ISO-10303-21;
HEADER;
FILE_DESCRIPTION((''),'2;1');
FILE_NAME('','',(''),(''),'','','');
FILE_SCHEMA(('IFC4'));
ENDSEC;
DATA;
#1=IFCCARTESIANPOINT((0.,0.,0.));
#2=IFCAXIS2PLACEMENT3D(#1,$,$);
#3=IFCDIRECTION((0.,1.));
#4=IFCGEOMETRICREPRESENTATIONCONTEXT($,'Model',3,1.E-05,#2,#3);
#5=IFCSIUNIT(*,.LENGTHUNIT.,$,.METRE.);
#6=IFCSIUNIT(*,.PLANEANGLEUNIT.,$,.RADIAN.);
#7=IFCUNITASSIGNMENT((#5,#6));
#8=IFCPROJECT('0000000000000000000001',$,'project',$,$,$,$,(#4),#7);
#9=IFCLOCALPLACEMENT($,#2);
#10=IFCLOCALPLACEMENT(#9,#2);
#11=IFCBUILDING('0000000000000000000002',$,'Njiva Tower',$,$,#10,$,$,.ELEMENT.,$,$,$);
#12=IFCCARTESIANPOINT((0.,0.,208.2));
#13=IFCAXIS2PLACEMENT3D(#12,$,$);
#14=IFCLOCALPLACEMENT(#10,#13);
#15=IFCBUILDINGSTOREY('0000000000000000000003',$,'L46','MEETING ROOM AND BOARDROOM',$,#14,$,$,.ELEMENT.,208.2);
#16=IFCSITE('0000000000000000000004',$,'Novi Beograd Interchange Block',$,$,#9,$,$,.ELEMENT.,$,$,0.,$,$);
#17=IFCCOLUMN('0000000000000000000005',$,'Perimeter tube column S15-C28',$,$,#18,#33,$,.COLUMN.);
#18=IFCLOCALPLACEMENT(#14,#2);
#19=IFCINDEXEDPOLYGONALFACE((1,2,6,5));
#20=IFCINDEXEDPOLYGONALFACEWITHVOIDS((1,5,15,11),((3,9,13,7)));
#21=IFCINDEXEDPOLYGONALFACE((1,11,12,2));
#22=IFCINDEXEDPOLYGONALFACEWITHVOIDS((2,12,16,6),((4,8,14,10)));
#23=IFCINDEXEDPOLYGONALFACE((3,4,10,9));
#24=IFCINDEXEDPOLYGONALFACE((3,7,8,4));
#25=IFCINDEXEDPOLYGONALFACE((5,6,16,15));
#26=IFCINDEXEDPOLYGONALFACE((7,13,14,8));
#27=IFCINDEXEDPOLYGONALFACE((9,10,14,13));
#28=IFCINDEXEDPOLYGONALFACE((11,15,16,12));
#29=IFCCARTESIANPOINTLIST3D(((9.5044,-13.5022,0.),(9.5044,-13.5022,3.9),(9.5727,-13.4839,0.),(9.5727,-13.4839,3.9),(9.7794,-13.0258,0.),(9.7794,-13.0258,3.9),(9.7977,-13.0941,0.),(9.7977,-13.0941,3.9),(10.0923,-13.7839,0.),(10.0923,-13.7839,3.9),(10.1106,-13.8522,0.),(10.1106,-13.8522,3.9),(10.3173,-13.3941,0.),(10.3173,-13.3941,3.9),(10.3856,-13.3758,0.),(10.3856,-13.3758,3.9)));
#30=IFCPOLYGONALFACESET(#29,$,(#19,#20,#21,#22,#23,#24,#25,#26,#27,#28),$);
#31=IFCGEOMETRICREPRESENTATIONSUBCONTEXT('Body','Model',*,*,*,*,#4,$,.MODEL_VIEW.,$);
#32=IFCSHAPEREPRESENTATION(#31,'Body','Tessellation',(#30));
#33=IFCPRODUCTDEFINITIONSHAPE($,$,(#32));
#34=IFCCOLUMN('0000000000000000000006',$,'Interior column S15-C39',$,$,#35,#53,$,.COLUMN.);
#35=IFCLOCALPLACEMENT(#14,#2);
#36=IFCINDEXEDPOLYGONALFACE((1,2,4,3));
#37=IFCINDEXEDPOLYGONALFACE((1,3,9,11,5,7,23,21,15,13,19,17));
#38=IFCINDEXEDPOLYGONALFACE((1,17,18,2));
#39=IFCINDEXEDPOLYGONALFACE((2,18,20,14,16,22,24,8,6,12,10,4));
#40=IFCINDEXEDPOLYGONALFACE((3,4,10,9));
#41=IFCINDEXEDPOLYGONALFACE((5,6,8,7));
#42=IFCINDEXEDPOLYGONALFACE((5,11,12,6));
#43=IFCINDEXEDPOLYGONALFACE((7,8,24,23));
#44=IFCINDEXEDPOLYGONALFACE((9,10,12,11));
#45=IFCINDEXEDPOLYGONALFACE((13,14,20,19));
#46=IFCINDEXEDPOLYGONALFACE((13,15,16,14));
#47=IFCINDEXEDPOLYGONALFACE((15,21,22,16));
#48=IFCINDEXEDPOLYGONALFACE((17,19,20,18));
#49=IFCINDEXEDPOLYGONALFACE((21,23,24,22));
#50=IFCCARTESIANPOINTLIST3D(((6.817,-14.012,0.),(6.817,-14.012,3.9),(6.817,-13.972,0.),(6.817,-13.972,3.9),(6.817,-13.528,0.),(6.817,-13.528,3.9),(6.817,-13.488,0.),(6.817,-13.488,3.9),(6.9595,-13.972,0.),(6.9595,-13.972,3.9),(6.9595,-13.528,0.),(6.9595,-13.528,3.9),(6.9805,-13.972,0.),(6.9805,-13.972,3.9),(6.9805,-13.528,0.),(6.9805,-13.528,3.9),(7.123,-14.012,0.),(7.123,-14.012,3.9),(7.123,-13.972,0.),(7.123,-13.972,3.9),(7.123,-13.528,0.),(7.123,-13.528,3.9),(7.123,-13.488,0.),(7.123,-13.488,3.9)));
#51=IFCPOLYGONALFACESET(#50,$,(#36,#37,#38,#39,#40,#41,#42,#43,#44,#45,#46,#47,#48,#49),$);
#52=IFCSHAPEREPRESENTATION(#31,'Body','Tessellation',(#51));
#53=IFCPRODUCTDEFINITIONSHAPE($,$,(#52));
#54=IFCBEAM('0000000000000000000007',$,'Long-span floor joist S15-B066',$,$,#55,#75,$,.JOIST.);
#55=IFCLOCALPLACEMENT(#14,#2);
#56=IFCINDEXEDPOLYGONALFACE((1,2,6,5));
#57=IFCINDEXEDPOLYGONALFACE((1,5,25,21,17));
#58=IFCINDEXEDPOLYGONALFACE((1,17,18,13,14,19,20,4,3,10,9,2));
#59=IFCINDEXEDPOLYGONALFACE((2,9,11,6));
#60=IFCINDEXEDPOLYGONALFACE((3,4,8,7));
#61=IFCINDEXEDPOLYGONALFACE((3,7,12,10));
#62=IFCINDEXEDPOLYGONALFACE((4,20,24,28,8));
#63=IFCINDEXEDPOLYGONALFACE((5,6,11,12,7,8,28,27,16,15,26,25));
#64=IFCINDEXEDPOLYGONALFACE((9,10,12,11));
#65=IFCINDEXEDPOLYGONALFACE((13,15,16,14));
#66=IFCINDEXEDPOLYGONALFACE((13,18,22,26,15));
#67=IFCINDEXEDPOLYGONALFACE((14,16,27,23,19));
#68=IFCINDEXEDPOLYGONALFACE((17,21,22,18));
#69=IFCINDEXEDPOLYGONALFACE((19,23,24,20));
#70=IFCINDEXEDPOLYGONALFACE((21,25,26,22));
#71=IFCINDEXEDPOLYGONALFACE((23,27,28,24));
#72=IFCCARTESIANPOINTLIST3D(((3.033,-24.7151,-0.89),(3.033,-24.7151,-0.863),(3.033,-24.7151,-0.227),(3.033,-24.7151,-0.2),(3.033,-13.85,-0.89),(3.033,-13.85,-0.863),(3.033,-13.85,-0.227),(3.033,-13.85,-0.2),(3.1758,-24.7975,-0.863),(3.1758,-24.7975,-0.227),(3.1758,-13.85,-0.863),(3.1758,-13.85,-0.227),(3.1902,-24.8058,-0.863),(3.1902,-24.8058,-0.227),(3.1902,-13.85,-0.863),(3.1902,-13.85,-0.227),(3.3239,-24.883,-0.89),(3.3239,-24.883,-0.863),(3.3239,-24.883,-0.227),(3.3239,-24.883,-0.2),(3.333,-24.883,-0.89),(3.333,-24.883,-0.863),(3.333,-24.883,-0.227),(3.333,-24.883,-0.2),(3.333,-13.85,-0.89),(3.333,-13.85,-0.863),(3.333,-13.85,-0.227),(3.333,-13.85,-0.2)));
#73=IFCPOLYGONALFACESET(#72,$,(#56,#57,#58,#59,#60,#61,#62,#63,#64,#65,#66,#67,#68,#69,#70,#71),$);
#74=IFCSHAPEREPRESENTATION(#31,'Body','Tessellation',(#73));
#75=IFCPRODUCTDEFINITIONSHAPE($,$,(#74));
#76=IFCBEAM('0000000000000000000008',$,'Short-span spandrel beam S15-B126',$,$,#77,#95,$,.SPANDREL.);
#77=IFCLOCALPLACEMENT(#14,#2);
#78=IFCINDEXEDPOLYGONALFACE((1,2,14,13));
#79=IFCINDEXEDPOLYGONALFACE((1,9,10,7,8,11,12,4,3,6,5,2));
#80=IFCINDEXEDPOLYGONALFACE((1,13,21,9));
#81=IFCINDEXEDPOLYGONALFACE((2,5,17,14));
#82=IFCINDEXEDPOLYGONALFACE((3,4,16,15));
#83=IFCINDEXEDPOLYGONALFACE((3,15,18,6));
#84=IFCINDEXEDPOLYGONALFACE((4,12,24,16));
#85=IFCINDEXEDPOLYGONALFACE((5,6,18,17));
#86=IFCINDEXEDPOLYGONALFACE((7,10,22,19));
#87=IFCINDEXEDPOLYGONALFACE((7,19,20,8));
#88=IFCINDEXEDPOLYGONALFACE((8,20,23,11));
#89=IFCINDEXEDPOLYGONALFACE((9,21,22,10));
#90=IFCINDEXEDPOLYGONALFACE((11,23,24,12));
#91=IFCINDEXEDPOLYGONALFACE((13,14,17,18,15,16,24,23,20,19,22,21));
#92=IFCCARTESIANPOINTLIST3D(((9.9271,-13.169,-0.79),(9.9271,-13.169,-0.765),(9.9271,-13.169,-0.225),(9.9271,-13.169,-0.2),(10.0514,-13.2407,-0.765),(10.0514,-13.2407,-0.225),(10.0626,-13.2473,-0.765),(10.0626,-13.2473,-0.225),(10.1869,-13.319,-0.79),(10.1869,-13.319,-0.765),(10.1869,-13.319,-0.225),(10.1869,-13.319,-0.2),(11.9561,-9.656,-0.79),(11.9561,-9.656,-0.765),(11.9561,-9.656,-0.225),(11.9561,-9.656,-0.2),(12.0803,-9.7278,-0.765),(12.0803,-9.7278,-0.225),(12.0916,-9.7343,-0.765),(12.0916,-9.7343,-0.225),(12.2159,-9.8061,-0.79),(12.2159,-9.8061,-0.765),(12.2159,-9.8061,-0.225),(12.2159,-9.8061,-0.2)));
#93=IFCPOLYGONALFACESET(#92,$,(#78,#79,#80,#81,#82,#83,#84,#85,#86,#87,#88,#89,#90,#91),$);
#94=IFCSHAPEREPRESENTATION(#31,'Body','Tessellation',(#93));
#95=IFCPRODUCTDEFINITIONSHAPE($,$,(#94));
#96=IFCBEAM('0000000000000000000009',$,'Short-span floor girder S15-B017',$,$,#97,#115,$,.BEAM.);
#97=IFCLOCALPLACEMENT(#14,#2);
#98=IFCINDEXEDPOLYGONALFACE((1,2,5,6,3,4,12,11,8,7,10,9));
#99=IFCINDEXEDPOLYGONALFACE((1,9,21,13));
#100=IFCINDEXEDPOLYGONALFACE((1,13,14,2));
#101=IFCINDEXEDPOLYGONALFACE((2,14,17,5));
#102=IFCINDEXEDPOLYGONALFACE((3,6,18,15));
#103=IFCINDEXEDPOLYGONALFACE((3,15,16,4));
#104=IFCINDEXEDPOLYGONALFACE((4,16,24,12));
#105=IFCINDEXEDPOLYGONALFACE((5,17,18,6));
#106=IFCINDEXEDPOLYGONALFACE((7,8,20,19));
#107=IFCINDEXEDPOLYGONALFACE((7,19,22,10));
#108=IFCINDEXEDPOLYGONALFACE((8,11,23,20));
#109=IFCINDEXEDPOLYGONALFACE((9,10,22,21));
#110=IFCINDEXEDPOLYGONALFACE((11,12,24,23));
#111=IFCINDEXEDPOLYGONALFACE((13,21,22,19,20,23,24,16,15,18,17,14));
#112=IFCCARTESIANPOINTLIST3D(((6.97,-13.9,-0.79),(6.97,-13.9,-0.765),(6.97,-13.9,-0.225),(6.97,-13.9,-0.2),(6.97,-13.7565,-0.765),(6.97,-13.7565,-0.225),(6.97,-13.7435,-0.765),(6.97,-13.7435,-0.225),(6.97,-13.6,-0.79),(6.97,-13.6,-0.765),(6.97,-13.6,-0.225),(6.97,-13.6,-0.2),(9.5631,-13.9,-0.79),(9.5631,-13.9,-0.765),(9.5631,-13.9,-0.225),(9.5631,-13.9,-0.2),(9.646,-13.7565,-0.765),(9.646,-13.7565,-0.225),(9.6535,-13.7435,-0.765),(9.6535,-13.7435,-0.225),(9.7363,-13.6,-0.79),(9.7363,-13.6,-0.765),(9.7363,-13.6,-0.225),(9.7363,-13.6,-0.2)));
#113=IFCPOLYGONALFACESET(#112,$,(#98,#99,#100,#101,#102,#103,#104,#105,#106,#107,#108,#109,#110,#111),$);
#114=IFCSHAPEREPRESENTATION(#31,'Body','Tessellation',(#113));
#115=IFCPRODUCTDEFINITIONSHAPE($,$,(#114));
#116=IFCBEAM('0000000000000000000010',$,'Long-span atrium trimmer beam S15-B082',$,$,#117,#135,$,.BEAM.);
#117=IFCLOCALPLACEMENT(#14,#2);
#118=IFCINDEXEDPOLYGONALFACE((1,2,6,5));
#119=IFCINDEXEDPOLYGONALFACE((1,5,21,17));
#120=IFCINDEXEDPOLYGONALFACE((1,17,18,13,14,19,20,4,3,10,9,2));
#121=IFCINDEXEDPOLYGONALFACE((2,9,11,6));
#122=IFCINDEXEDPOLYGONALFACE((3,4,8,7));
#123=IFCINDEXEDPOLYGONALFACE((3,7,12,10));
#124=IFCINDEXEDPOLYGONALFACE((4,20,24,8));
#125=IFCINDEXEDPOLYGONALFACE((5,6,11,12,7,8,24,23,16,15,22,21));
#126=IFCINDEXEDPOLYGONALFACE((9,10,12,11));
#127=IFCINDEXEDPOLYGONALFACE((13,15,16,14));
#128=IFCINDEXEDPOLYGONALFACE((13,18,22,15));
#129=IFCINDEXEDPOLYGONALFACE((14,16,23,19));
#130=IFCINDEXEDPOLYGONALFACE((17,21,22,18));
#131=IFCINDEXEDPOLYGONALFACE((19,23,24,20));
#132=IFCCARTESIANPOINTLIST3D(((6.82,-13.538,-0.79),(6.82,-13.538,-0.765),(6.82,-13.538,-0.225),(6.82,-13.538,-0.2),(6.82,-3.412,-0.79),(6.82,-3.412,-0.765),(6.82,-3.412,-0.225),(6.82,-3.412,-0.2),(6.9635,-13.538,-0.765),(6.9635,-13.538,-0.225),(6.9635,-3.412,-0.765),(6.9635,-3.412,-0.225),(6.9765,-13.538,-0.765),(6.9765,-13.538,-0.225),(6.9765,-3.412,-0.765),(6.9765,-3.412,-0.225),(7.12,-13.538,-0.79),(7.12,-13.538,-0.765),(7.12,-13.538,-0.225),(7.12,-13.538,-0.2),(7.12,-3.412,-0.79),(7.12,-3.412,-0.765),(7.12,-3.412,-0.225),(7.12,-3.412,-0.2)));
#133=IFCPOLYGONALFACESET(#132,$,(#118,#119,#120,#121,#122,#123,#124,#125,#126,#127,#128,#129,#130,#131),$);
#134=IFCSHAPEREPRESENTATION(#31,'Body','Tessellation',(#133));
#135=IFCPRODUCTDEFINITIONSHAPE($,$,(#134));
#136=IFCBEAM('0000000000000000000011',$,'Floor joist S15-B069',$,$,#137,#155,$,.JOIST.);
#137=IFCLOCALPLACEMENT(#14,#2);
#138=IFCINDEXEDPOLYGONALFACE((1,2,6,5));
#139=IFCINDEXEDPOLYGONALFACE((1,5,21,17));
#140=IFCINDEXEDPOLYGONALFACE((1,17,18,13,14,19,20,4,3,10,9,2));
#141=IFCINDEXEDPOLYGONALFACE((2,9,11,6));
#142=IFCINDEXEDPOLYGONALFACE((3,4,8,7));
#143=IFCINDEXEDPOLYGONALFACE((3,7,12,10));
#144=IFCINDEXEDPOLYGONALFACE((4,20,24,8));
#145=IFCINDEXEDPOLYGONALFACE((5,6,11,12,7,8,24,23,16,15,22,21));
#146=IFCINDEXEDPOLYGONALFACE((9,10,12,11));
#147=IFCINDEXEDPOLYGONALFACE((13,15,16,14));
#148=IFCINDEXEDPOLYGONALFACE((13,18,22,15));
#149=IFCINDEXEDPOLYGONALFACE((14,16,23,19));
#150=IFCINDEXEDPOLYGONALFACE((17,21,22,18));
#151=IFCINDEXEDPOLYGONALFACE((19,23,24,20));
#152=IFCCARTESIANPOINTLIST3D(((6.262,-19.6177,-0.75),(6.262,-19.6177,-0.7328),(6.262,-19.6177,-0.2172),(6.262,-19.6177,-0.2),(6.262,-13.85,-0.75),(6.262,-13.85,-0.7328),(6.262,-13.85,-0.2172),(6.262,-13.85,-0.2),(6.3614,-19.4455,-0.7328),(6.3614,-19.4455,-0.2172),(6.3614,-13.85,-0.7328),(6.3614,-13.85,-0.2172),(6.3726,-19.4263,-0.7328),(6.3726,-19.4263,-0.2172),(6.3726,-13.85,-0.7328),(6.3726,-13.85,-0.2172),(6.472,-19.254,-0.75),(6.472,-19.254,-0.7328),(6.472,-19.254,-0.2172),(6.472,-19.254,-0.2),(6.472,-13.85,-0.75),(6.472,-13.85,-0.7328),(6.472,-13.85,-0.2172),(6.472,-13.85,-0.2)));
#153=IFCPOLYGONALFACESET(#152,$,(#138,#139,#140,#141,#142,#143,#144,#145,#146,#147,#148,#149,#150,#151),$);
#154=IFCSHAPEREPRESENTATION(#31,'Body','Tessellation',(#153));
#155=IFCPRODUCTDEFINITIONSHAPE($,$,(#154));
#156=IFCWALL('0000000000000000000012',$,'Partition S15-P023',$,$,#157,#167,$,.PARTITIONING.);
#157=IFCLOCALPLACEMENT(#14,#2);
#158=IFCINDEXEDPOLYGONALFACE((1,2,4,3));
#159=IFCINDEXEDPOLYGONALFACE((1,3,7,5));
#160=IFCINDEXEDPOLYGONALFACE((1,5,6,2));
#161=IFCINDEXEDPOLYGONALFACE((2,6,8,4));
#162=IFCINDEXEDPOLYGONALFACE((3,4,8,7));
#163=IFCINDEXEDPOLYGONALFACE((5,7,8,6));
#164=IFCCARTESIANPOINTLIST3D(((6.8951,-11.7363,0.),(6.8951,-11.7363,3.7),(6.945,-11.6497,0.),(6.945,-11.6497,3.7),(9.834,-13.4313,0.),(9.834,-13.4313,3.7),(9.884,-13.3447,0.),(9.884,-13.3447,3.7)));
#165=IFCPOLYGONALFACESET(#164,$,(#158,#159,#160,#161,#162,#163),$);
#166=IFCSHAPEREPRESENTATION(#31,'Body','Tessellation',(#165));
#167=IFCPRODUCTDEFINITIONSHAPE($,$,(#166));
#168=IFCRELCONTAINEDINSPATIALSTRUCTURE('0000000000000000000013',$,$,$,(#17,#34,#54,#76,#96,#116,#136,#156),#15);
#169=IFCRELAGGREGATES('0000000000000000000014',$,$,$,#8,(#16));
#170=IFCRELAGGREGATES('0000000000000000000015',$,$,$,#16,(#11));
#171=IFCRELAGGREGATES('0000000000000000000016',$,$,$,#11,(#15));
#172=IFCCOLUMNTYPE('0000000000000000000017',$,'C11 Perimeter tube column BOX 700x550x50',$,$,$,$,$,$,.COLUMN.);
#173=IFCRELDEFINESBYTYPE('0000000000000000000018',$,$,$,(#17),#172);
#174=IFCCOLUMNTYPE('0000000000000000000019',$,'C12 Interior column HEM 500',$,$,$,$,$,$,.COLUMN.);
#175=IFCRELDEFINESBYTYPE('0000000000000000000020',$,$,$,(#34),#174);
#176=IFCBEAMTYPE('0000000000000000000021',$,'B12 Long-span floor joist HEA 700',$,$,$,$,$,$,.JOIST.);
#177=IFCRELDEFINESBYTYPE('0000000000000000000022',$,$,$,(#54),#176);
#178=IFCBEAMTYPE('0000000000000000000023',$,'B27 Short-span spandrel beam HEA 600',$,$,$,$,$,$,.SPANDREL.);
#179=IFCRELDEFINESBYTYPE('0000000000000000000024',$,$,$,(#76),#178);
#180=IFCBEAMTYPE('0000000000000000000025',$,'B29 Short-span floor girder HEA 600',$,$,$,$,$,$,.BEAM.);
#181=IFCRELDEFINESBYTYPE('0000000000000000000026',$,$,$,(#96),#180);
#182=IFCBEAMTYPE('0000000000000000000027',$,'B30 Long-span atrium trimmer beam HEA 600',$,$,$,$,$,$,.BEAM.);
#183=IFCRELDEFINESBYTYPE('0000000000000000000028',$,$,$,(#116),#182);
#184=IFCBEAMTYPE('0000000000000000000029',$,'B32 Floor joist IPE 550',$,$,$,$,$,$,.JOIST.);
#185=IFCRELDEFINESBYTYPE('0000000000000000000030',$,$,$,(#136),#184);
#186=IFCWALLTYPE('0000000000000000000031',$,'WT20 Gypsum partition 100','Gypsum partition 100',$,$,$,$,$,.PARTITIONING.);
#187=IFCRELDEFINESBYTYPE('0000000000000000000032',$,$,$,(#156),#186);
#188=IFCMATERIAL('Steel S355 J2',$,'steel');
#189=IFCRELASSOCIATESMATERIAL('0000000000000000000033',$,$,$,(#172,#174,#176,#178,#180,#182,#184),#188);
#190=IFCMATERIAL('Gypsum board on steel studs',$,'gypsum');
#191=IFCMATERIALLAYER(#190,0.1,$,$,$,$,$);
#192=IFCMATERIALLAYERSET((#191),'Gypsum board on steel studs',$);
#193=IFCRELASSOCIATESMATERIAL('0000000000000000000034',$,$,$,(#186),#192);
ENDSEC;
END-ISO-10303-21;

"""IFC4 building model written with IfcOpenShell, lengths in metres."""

from ifc_helpers import new_model, si_unit, direction, frame, frame_2d, origin, origin_2d, place, context, subcontext, project, spatial, rectangle, hollow_rectangle, i_section, extrude, clip, halfspace, material, layer, layer_set, material_profile, profile_set, type_object, element, save


model = new_model("IFC4")

# Units and contexts
model_context = context("Model", 3, precision=1e-05, world=origin(), true_north=direction((0.0, 1.0)))
body_context = subcontext(model_context, "Body", "Model", "MODEL_VIEW")
ifc_project = project(units=[si_unit("LENGTHUNIT", "METRE"), si_unit("PLANEANGLEUNIT", "RADIAN")], contexts=[model_context])

# Site, building, storey
site_placement = place(None, origin())
site = spatial("IfcSite", under=ifc_project, at=site_placement, Name="Novi Beograd Interchange Block", CompositionType="ELEMENT", RefElevation=0.0)
building_placement = place(site_placement, origin())
building = spatial("IfcBuilding", under=site, at=building_placement, Name="Njiva Tower", CompositionType="ELEMENT")
storey_placement = place(building_placement, frame((0.0, 0.0, 208.2)))
storey = spatial("IfcBuildingStorey", under=building, at=storey_placement, Name="L46", Description="MEETING ROOM AND BOARDROOM", CompositionType="ELEMENT", Elevation=208.2)

# Columns
ifc_material_1 = material(Name="Steel S355 J2", Category="steel")
ifc_material_profile_1 = material_profile(ifc_material_1, hollow_rectangle(XDim=0.55, YDim=0.7, WallThickness=0.05, at=origin_2d()), Name="BOX 700x550x50")
ifc_profile_set_1 = profile_set([ifc_material_profile_1], Name="Steel S355 J2")
column_type_1 = type_object("IfcColumnType", Name="C11 Perimeter tube column BOX 700x550x50", PredefinedType="COLUMN", material=ifc_profile_set_1)
column_1_placement = place(storey_placement, frame((9.945, -13.439, 0.0), z_axis=(0.0, 0.0, 1.0), x_axis=(0.5, 0.866025, 0.0)))
element("IfcColumn", 1, at=column_1_placement, inside=storey, type_object=column_type_1, Name="Perimeter tube column S15-C28", PredefinedType="COLUMN", context=body_context, shape_type="SweptSolid", body=[
    extrude(hollow_rectangle(XDim=0.55, YDim=0.7, WallThickness=0.05, at=origin_2d()), origin(), (0.0, 0.0, 1.0), 3.9),
])
ifc_material_profile_2 = material_profile(ifc_material_1, i_section(OverallWidth=0.306, OverallDepth=0.524, WebThickness=0.021, FlangeThickness=0.04, at=origin_2d()), Name="HEM 500")
ifc_profile_set_2 = profile_set([ifc_material_profile_2], Name="Steel S355 J2")
column_type_2 = type_object("IfcColumnType", Name="C12 Interior column HEM 500", PredefinedType="COLUMN", material=ifc_profile_set_2)
column_2_placement = place(storey_placement, frame((6.97, -13.75, 0.0), z_axis=(0.0, 0.0, 1.0), x_axis=(1.0, 0.0, 0.0)))
element("IfcColumn", 2, at=column_2_placement, inside=storey, type_object=column_type_2, Name="Interior column S15-C39", PredefinedType="COLUMN", context=body_context, shape_type="SweptSolid", body=[
    extrude(i_section(OverallWidth=0.306, OverallDepth=0.524, WebThickness=0.021, FlangeThickness=0.04, at=origin_2d()), origin(), (0.0, 0.0, 1.0), 3.9),
])

# Beams
ifc_material_profile_3 = material_profile(ifc_material_1, i_section(OverallWidth=0.3, OverallDepth=0.69, WebThickness=0.0145, FlangeThickness=0.027, at=origin_2d()), Name="HEA 700")
ifc_profile_set_3 = profile_set([ifc_material_profile_3], Name="Steel S355 J2")
beam_type_1 = type_object("IfcBeamType", Name="B12 Long-span floor joist HEA 700", PredefinedType="JOIST", material=ifc_profile_set_3)
beam_1_placement = place(storey_placement, frame((3.183, -13.85, -0.545), z_axis=(0.0, -1.0, 0.0), x_axis=(1.0, 0.0, 0.0)))
element("IfcBeam", 3, at=beam_1_placement, inside=storey, type_object=beam_type_1, Name="Long-span floor joist S15-B066", PredefinedType="JOIST", context=body_context, shape_type="Clipping", body=[
    clip(extrude(i_section(OverallWidth=0.3, OverallDepth=0.69, WebThickness=0.0145, FlangeThickness=0.027, at=origin_2d()), origin(), (0.0, 0.0, 1.0), 11.033), halfspace(frame((-0.0247, 0.0, 10.9374), z_axis=(-0.499998, 0.0, 0.866027), x_axis=(0.0, 1.0, 0.0)), False)),
])
ifc_material_profile_4 = material_profile(ifc_material_1, i_section(OverallWidth=0.3, OverallDepth=0.59, WebThickness=0.013, FlangeThickness=0.025, at=origin_2d()), Name="HEA 600")
ifc_profile_set_4 = profile_set([ifc_material_profile_4], Name="Steel S355 J2")
beam_type_2 = type_object("IfcBeamType", Name="B27 Short-span spandrel beam HEA 600", PredefinedType="SPANDREL", material=ifc_profile_set_4)
beam_2_placement = place(storey_placement, frame((10.057, -13.244, -0.495), z_axis=(0.500142, 0.865943, 0.0), x_axis=(-0.865943, 0.500142, 0.0)))
element("IfcBeam", 4, at=beam_2_placement, inside=storey, type_object=beam_type_2, Name="Short-span spandrel beam S15-B126", PredefinedType="SPANDREL", context=body_context, shape_type="SweptSolid", body=[
    extrude(i_section(OverallWidth=0.3, OverallDepth=0.59, WebThickness=0.013, FlangeThickness=0.025, at=origin_2d()), origin(), (0.0, 0.0, 1.0), 4.0568),
])
ifc_material_profile_5 = material_profile(ifc_material_1, i_section(OverallWidth=0.3, OverallDepth=0.59, WebThickness=0.013, FlangeThickness=0.025, at=origin_2d()), Name="HEA 600")
ifc_profile_set_5 = profile_set([ifc_material_profile_5], Name="Steel S355 J2")
beam_type_3 = type_object("IfcBeamType", Name="B29 Short-span floor girder HEA 600", PredefinedType="BEAM", material=ifc_profile_set_5)
beam_3_placement = place(storey_placement, frame((6.97, -13.75, -0.495), z_axis=(1.0, 0.0, 0.0), x_axis=(0.0, 1.0, 0.0)))
element("IfcBeam", 5, at=beam_3_placement, inside=storey, type_object=beam_type_3, Name="Short-span floor girder S15-B017", PredefinedType="BEAM", context=body_context, shape_type="Clipping", body=[
    clip(extrude(i_section(OverallWidth=0.3, OverallDepth=0.59, WebThickness=0.013, FlangeThickness=0.025, at=origin_2d()), origin(), (0.0, 0.0, 1.0), 2.787), halfspace(frame((-0.025, 0.0, 2.6653), z_axis=(-0.499998, 0.0, 0.866027), x_axis=(0.0, 1.0, 0.0)), False)),
])
ifc_material_profile_6 = material_profile(ifc_material_1, i_section(OverallWidth=0.3, OverallDepth=0.59, WebThickness=0.013, FlangeThickness=0.025, at=origin_2d()), Name="HEA 600")
ifc_profile_set_6 = profile_set([ifc_material_profile_6], Name="Steel S355 J2")
beam_type_4 = type_object("IfcBeamType", Name="B30 Long-span atrium trimmer beam HEA 600", PredefinedType="BEAM", material=ifc_profile_set_6)
beam_4_placement = place(storey_placement, frame((6.97, -13.538, -0.495), z_axis=(0.0, 1.0, 0.0), x_axis=(-1.0, 0.0, 0.0)))
element("IfcBeam", 6, at=beam_4_placement, inside=storey, type_object=beam_type_4, Name="Long-span atrium trimmer beam S15-B082", PredefinedType="BEAM", context=body_context, shape_type="SweptSolid", body=[
    extrude(i_section(OverallWidth=0.3, OverallDepth=0.59, WebThickness=0.013, FlangeThickness=0.025, at=origin_2d()), origin(), (0.0, 0.0, 1.0), 10.126),
])
ifc_material_profile_7 = material_profile(ifc_material_1, i_section(OverallWidth=0.21, OverallDepth=0.55, WebThickness=0.0111, FlangeThickness=0.0172, at=origin_2d()), Name="IPE 550")
ifc_profile_set_7 = profile_set([ifc_material_profile_7], Name="Steel S355 J2")
beam_type_5 = type_object("IfcBeamType", Name="B32 Floor joist IPE 550", PredefinedType="JOIST", material=ifc_profile_set_7)
beam_5_placement = place(storey_placement, frame((6.367, -13.85, -0.475), z_axis=(0.0, -1.0, 0.0), x_axis=(1.0, 0.0, 0.0)))
element("IfcBeam", 7, at=beam_5_placement, inside=storey, type_object=beam_type_5, Name="Floor joist S15-B069", PredefinedType="JOIST", context=body_context, shape_type="Clipping", body=[
    clip(extrude(i_section(OverallWidth=0.21, OverallDepth=0.55, WebThickness=0.0111, FlangeThickness=0.0172, at=origin_2d()), origin(), (0.0, 0.0, 1.0), 5.788), halfspace(frame((0.043, 0.0, 5.5114), z_axis=(0.866027, 0.0, 0.499998), x_axis=(0.0, 1.0, 0.0)), False)),
])

# Wall
ifc_material_2 = material(Name="Gypsum board on steel studs", Category="gypsum")
ifc_layer_1 = layer(ifc_material_2, 0.1)
ifc_layer_set_1 = layer_set([ifc_layer_1], Name="Gypsum board on steel studs")
wall_type_1 = type_object("IfcWallType", Name="WT20 Gypsum partition 100", Description="Gypsum partition 100", PredefinedType="PARTITIONING", material=ifc_layer_set_1)
wall_1_placement = place(storey_placement, frame((6.92, -11.693, 0.0), z_axis=(0.0, 0.0, 1.0), x_axis=(0.866259, -0.499595, 0.0)))
element("IfcWall", 8, at=wall_1_placement, inside=storey, type_object=wall_type_1, Name="Partition S15-P023", PredefinedType="PARTITIONING", context=body_context, shape_type="SweptSolid", body=[
    extrude(rectangle(XDim=3.3927, YDim=0.1, at=frame_2d((1.6964, 0.0))), origin(), (0.0, 0.0, 1.0), 3.7),
])

save(model, "model.ifc")
